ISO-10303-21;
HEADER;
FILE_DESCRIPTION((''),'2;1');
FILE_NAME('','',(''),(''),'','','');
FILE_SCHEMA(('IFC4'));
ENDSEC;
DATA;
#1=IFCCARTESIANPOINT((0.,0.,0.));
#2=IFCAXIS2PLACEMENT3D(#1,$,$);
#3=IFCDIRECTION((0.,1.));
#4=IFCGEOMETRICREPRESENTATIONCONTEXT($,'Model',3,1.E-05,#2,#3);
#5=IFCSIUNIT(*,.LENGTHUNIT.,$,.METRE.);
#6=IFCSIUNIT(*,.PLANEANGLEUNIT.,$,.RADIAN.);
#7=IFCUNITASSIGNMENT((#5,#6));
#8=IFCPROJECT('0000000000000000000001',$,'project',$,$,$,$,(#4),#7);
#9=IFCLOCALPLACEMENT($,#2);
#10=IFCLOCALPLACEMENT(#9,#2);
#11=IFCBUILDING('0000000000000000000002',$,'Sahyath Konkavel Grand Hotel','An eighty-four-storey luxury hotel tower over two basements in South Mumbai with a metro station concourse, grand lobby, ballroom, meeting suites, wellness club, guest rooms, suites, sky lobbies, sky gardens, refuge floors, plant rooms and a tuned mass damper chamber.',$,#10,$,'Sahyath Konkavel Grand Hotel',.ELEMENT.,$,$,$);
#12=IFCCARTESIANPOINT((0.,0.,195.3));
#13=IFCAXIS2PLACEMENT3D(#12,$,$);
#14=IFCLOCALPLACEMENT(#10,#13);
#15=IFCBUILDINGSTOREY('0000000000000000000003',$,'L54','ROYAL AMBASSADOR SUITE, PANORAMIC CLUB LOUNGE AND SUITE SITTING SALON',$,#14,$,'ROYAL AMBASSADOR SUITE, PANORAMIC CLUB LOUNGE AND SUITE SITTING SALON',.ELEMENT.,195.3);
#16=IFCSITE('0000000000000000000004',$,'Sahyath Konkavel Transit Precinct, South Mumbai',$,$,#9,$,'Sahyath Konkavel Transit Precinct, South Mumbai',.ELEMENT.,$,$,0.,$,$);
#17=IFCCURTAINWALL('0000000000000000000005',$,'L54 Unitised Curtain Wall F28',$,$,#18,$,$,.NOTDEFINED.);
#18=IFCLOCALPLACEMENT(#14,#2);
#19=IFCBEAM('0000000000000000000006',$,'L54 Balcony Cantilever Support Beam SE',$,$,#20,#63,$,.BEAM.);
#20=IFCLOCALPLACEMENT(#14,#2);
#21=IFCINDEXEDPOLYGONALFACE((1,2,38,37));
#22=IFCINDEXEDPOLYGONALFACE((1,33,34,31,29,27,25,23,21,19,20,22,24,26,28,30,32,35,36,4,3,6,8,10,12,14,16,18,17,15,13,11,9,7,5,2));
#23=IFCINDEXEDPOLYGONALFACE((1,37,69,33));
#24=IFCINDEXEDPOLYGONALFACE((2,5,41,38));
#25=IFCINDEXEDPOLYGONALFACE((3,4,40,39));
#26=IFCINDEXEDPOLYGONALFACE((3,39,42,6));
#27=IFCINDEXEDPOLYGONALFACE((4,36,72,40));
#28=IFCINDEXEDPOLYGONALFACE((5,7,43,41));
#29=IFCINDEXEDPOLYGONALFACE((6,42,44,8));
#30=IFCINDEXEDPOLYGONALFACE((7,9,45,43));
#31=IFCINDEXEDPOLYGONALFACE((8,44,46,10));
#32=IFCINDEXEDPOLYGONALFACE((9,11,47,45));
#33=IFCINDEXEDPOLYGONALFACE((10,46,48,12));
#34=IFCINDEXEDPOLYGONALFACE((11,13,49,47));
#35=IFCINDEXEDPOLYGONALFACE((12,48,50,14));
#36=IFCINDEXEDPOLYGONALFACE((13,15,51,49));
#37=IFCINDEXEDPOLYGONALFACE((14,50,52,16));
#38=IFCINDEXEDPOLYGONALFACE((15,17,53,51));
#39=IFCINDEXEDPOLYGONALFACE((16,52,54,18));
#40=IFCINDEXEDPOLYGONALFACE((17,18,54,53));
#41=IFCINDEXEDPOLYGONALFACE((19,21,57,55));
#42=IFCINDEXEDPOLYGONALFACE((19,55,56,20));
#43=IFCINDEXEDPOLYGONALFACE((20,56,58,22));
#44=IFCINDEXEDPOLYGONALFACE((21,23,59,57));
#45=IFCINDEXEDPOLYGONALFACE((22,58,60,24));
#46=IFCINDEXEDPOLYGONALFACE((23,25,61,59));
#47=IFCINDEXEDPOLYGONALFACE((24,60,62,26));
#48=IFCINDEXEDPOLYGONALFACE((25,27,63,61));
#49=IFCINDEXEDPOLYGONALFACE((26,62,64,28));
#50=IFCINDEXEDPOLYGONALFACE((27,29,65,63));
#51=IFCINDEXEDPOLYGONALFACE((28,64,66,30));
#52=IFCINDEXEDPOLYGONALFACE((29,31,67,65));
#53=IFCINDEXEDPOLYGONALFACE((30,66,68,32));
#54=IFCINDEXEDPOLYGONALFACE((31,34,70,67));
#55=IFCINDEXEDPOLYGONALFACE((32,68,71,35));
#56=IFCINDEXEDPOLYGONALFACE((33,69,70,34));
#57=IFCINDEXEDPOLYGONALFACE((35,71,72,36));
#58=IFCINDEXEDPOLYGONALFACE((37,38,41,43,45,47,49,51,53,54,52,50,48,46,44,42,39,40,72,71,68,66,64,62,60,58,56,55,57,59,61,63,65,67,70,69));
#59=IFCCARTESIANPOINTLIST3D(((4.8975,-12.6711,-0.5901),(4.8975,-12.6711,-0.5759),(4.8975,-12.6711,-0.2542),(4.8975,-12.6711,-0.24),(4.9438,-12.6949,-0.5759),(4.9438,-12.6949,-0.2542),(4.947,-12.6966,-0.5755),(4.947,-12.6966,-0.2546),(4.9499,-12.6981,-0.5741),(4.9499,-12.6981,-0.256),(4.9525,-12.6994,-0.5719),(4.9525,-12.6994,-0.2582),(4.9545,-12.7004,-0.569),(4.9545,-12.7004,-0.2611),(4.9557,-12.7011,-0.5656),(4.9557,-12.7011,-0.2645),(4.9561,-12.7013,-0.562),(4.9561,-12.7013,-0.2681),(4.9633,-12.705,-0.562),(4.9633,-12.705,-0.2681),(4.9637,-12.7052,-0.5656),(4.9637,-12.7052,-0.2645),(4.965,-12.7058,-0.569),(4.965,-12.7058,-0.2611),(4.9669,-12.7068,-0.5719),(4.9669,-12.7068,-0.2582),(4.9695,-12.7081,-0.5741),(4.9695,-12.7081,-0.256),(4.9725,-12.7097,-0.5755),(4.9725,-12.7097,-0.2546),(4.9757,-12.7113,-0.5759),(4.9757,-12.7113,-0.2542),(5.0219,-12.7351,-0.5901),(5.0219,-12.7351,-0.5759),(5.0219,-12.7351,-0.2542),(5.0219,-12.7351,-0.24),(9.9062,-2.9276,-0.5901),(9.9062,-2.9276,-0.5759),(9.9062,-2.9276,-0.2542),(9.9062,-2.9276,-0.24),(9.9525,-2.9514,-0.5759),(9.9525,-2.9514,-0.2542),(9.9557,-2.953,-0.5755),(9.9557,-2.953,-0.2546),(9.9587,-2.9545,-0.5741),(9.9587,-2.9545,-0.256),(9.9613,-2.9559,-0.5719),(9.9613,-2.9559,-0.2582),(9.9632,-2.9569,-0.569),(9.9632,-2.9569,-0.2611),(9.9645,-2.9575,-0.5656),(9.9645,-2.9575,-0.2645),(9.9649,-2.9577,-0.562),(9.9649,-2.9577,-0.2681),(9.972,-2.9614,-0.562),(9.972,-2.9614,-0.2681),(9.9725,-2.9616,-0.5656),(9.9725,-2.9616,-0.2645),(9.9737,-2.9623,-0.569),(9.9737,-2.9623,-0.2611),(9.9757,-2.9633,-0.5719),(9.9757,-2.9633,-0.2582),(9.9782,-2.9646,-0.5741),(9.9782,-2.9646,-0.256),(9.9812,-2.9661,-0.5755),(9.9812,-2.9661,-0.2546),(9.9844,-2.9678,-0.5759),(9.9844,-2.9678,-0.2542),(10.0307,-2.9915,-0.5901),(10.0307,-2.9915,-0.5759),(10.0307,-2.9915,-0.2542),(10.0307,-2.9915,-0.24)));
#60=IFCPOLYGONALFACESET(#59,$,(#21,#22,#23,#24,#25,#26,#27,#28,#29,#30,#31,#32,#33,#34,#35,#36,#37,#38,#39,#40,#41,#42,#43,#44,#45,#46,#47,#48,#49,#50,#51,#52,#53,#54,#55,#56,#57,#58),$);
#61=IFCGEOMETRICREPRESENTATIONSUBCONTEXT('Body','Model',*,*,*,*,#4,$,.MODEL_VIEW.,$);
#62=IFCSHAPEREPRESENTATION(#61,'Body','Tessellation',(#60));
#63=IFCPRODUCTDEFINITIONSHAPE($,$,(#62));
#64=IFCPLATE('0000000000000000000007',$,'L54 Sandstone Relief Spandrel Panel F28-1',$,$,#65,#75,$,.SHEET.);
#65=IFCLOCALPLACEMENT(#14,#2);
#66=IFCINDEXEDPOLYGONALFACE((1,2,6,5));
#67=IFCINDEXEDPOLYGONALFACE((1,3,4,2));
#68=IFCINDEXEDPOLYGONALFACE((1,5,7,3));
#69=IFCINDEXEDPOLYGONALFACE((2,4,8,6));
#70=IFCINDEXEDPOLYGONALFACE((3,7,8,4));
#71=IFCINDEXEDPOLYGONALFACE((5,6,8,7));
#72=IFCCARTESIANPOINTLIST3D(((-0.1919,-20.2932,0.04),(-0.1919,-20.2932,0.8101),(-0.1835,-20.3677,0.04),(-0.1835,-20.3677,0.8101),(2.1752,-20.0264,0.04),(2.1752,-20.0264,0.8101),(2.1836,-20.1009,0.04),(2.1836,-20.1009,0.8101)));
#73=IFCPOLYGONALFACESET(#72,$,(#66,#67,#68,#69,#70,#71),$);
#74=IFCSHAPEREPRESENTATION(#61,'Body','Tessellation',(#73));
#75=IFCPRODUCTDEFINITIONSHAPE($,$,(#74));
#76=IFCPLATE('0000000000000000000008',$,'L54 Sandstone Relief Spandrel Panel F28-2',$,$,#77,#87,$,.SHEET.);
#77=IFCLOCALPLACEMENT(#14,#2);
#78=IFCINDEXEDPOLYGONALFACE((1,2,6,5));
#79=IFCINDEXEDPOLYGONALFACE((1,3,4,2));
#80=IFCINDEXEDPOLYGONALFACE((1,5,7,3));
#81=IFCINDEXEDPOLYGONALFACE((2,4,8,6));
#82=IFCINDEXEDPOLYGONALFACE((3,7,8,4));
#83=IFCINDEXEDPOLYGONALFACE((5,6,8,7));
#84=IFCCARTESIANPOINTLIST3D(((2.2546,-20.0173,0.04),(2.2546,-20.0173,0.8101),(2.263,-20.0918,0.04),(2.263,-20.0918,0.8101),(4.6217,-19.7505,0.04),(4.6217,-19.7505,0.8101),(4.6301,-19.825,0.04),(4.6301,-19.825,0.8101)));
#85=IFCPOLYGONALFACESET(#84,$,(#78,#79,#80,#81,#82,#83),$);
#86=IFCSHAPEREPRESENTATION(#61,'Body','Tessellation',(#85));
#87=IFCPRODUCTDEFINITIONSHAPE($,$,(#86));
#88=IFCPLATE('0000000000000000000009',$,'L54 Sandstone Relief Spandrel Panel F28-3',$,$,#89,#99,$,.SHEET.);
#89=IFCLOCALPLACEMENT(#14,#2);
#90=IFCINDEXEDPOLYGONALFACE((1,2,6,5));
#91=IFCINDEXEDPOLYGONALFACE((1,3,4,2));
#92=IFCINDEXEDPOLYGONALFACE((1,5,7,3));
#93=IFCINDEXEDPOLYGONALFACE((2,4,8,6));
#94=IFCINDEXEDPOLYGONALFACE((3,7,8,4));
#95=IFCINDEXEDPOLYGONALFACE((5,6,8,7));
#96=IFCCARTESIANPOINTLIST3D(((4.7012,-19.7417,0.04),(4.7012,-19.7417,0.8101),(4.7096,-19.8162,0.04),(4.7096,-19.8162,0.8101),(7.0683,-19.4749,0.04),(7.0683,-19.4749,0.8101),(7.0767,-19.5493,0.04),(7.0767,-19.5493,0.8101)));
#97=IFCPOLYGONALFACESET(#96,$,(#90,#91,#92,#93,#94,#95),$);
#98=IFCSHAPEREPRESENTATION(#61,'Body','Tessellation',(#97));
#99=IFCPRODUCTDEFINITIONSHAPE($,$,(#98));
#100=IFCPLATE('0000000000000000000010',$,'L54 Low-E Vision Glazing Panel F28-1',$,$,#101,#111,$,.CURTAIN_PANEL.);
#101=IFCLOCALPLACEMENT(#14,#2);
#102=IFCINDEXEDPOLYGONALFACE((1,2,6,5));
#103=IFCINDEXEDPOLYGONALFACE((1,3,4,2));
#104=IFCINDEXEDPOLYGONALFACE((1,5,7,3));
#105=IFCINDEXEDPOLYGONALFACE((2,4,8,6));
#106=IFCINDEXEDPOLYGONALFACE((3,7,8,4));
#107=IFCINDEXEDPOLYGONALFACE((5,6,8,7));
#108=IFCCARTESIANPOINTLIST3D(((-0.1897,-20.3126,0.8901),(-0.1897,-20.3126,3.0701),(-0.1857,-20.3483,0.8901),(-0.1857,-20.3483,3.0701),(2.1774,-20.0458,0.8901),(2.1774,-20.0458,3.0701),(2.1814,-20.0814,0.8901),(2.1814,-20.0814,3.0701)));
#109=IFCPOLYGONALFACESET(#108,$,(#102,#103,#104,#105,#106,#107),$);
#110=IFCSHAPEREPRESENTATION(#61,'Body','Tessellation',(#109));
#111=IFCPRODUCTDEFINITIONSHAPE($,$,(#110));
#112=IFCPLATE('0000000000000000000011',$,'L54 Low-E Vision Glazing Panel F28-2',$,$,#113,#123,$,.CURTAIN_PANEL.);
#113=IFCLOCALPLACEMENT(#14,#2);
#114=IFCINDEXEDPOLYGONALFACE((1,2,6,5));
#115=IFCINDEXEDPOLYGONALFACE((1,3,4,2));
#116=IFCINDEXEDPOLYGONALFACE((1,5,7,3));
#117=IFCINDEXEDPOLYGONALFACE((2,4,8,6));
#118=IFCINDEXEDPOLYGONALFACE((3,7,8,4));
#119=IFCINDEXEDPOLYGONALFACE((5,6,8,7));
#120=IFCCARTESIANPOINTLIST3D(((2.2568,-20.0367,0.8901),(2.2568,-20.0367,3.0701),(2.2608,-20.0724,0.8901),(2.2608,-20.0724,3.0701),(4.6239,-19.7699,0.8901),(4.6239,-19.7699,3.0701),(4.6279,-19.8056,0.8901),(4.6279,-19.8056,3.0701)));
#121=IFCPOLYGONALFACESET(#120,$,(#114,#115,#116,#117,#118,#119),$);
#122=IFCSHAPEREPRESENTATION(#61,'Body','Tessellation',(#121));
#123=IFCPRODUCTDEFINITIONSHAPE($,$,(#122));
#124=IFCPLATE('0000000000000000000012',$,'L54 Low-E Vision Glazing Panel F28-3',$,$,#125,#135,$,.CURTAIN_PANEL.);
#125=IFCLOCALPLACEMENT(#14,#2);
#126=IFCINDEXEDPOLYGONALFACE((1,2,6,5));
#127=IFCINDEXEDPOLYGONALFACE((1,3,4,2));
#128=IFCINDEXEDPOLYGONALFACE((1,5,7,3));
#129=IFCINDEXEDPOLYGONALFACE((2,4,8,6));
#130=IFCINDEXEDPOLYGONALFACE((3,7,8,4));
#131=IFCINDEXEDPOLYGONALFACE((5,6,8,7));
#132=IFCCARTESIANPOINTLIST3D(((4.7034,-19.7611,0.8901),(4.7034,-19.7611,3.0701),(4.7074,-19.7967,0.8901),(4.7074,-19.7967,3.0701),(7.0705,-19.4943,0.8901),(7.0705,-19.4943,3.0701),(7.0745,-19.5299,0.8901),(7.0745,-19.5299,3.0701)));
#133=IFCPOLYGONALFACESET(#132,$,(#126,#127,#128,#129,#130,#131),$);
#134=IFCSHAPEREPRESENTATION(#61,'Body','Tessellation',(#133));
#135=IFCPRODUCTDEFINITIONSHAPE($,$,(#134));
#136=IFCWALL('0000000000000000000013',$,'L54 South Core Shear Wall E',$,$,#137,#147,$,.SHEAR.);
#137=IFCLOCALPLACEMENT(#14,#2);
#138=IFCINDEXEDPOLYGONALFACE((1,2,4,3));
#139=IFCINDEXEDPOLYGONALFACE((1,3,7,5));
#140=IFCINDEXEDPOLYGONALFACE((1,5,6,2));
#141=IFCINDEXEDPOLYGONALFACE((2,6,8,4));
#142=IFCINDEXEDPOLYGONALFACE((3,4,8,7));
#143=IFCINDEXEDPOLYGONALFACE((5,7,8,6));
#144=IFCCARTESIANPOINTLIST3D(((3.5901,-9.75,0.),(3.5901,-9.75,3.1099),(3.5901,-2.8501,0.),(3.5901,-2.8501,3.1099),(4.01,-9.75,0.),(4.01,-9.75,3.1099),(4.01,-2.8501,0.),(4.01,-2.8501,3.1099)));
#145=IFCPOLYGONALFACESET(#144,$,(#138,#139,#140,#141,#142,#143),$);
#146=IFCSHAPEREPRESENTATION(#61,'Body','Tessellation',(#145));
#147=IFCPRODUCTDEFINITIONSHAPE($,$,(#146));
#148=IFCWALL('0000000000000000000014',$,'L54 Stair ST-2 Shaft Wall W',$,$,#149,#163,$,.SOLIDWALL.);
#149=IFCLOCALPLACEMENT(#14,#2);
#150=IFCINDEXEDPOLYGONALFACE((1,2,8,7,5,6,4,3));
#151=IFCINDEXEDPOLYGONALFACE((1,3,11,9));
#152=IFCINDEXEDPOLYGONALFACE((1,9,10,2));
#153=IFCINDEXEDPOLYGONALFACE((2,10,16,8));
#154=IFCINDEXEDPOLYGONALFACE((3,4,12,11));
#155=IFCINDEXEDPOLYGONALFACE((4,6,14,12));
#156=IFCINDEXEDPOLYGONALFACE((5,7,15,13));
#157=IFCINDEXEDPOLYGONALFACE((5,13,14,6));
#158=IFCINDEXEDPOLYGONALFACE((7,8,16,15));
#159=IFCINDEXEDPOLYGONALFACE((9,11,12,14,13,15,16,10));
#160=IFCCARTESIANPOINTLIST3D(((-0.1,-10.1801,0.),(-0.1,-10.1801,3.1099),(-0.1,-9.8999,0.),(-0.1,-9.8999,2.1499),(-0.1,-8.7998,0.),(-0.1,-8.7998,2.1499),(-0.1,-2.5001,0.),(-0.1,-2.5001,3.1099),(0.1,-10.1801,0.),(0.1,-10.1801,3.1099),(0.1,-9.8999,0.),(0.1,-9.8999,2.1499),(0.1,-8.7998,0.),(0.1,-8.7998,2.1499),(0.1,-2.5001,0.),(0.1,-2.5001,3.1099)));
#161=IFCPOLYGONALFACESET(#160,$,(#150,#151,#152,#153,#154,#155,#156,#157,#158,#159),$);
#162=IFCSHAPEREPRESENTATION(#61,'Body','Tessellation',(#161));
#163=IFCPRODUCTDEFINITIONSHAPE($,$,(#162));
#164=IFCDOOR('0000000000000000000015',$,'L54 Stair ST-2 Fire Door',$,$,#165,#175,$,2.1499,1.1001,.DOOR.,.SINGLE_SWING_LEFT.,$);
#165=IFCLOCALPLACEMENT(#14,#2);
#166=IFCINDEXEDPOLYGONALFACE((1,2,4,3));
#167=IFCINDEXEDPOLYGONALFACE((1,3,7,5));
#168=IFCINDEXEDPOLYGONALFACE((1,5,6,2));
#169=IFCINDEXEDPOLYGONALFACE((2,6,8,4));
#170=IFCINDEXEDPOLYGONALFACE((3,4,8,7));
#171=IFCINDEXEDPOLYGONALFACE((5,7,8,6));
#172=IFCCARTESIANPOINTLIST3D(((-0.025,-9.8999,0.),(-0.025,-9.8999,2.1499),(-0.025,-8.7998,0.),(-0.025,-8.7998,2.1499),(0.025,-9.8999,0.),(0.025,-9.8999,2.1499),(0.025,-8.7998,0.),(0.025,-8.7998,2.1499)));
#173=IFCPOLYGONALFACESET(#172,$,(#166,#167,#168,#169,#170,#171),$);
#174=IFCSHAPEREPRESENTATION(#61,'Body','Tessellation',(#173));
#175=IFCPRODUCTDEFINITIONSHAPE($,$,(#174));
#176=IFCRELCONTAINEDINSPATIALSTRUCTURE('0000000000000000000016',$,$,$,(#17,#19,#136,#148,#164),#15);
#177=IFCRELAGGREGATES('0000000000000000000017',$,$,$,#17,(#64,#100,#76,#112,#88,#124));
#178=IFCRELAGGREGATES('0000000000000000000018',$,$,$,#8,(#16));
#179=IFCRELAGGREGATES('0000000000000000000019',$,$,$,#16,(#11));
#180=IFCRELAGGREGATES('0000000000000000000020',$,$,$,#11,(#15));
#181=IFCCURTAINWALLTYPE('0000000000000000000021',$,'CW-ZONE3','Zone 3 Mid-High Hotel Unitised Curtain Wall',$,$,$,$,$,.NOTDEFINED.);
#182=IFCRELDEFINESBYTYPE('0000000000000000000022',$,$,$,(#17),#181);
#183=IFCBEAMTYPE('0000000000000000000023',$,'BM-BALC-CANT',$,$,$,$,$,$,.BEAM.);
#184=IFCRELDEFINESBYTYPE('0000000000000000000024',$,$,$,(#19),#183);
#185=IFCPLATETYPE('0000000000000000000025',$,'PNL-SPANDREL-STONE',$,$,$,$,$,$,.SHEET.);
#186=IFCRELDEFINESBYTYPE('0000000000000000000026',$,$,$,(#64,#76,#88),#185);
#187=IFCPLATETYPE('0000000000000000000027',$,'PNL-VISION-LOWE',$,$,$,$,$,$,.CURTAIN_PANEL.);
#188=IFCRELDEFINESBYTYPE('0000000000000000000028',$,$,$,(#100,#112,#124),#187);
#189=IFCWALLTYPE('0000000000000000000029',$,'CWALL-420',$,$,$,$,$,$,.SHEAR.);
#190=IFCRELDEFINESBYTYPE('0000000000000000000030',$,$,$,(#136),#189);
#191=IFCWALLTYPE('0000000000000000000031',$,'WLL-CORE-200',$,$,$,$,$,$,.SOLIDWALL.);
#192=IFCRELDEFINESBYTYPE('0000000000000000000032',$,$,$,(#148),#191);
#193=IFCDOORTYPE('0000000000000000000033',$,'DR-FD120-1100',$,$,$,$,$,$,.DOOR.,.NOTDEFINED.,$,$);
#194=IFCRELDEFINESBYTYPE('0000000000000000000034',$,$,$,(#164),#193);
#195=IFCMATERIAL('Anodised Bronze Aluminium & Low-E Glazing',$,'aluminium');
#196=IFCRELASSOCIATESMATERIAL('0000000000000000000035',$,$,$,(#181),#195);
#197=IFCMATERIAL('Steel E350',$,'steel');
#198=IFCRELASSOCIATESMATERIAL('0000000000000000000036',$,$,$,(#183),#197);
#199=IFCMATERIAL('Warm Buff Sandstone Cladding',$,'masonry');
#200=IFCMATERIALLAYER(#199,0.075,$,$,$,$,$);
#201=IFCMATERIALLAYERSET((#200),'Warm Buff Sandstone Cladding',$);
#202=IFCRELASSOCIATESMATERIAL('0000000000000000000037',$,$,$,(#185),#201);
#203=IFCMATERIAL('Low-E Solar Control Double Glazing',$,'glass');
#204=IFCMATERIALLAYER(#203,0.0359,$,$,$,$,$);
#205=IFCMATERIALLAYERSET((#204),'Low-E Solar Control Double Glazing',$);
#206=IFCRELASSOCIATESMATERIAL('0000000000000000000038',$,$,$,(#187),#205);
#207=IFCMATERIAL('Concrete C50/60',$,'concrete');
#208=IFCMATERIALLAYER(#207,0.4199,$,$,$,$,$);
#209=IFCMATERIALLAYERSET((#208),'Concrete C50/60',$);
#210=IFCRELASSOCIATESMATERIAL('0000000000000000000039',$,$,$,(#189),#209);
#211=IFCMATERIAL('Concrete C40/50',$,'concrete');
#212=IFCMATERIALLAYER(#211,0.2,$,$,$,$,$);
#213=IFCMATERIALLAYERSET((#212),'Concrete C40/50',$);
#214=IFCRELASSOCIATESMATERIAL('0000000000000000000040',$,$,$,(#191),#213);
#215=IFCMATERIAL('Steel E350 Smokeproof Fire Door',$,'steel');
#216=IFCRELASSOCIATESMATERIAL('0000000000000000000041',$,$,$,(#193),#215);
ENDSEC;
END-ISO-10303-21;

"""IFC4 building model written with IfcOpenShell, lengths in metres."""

from ifc_helpers import new_model, si_unit, direction, frame, frame_2d, origin, origin_2d, place, context, subcontext, project, spatial, rectangle, i_section, extrude, source, transform, mapped, material, layer, layer_set, material_profile, profile_set, type_object, element, fill, aggregate, save


model = new_model("IFC4")

# Units and contexts
model_context = context("Model", 3, precision=1e-05, world=origin(), true_north=direction((0.0, 1.0)))
body_context = subcontext(model_context, "Body", "Model", "MODEL_VIEW")
ifc_project = project(units=[si_unit("LENGTHUNIT", "METRE"), si_unit("PLANEANGLEUNIT", "RADIAN")], contexts=[model_context])

# Site, building, storey
site_placement = place(None, origin())
site = spatial("IfcSite", under=ifc_project, at=site_placement, Name="Sahyath Konkavel Transit Precinct, South Mumbai", LongName="Sahyath Konkavel Transit Precinct, South Mumbai", CompositionType="ELEMENT", RefElevation=0.0)
building_placement = place(site_placement, origin())
building = spatial("IfcBuilding", under=site, at=building_placement, Name="Sahyath Konkavel Grand Hotel", Description="An eighty-four-storey luxury hotel tower over two basements in South Mumbai with a metro station concourse, grand lobby, ballroom, meeting suites, wellness club, guest rooms, suites, sky lobbies, sky gardens, refuge floors, plant rooms and a tuned mass damper chamber.", LongName="Sahyath Konkavel Grand Hotel", CompositionType="ELEMENT")
storey_placement = place(building_placement, frame((0.0, 0.0, 195.3)))
storey = spatial("IfcBuildingStorey", under=building, at=storey_placement, Name="L54", Description="ROYAL AMBASSADOR SUITE, PANORAMIC CLUB LOUNGE AND SUITE SITTING SALON", LongName="ROYAL AMBASSADOR SUITE, PANORAMIC CLUB LOUNGE AND SUITE SITTING SALON", CompositionType="ELEMENT", Elevation=195.3)

# Shared definitions
ifc_material_1 = material(Name="Concrete C50/60", Category="concrete")

# Shared definitions
ifc_material_2 = material(Name="Steel E350", Category="steel")

# Curtain wall
ifc_material_3 = material(Name="Anodised Bronze Aluminium & Low-E Glazing", Category="aluminium")
curtain_wall_type = type_object("IfcCurtainWallType", Name="CW-ZONE3", Description="Zone 3 Mid-High Hotel Unitised Curtain Wall", PredefinedType="NOTDEFINED", material=ifc_material_3)
curtain_wall_placement = place(storey_placement, origin())
curtain_wall = element("IfcCurtainWall", 1, at=curtain_wall_placement, inside=storey, type_object=curtain_wall_type, Name="L54 Unitised Curtain Wall F28", PredefinedType="NOTDEFINED")

# Beam
ifc_material_profile_1 = material_profile(ifc_material_2, i_section(OverallWidth=0.1399, OverallDepth=0.3501, WebThickness=0.0081, FlangeThickness=0.0142, FilletRadius=0.0139, at=origin_2d()), Name="ISMB 350")
ifc_profile_set_1 = profile_set([ifc_material_profile_1], Name="Steel E350")
beam_type_1 = type_object("IfcBeamType", Name="BM-BALC-CANT", PredefinedType="BEAM", material=ifc_profile_set_1)
shared_shape_1 = source(origin(), body_context, "Body", "SweptSolid", [
    extrude(i_section(OverallWidth=0.1399, OverallDepth=0.3501, WebThickness=0.0081, FlangeThickness=0.0142, FilletRadius=0.0139, at=origin_2d()), origin(), (0.0, 0.0, 1.0), 10.9556),
])
beam_1_placement = place(storey_placement, frame((4.9597, -12.7031, -0.415), z_axis=(0.457187, 0.889371, 0.0), x_axis=(-0.889371, 0.457187, 0.0)))
element("IfcBeam", 2, at=beam_1_placement, inside=storey, type_object=beam_type_1, Name="L54 Balcony Cantilever Support Beam SE", PredefinedType="BEAM", context=body_context, shape_type="MappedRepresentation", body=[
    mapped(shared_shape_1, transform((0.0, 0.0, 0.0), scale=1.0)),
])

# Plates
ifc_material_4 = material(Name="Warm Buff Sandstone Cladding", Category="masonry")
ifc_layer_1 = layer(ifc_material_4, 0.075)
ifc_layer_set_1 = layer_set([ifc_layer_1], Name="Warm Buff Sandstone Cladding")
plate_type_1 = type_object("IfcPlateType", Name="PNL-SPANDREL-STONE", PredefinedType="SHEET", material=ifc_layer_set_1)
shared_shape_2 = source(origin(), body_context, "Body", "SweptSolid", [
    extrude(rectangle(XDim=2.3821, YDim=0.075, at=origin_2d()), origin(), (0.0, 0.0, 1.0), 0.77),
])
plate_1_placement = place(storey_placement, frame((0.9958, -20.197, 0.04), z_axis=(0.0, 0.0, 1.0), x_axis=(0.993707, 0.112007, 0.0)))
plate_1 = element("IfcPlate", 3, at=plate_1_placement, type_object=plate_type_1, Name="L54 Sandstone Relief Spandrel Panel F28-1", PredefinedType="SHEET", context=body_context, shape_type="MappedRepresentation", body=[
    mapped(shared_shape_2, transform((0.0, 0.0, 0.0), scale=1.0)),
])
plate_2_placement = place(storey_placement, frame((3.4424, -19.9211, 0.04), z_axis=(0.0, 0.0, 1.0), x_axis=(0.993707, 0.112007, 0.0)))
plate_2 = element("IfcPlate", 4, at=plate_2_placement, type_object=plate_type_1, Name="L54 Sandstone Relief Spandrel Panel F28-2", PredefinedType="SHEET", context=body_context, shape_type="MappedRepresentation", body=[
    mapped(shared_shape_2, transform((0.0, 0.0, 0.0), scale=1.0)),
])
plate_3_placement = place(storey_placement, frame((5.8889, -19.6455, 0.04), z_axis=(0.0, 0.0, 1.0), x_axis=(0.993707, 0.112007, 0.0)))
plate_3 = element("IfcPlate", 5, at=plate_3_placement, type_object=plate_type_1, Name="L54 Sandstone Relief Spandrel Panel F28-3", PredefinedType="SHEET", context=body_context, shape_type="MappedRepresentation", body=[
    mapped(shared_shape_2, transform((0.0, 0.0, 0.0), scale=1.0)),
])
ifc_material_5 = material(Name="Low-E Solar Control Double Glazing", Category="glass")
ifc_layer_2 = layer(ifc_material_5, 0.0359)
ifc_layer_set_2 = layer_set([ifc_layer_2], Name="Low-E Solar Control Double Glazing")
plate_type_2 = type_object("IfcPlateType", Name="PNL-VISION-LOWE", PredefinedType="CURTAIN_PANEL", material=ifc_layer_set_2)
shared_shape_3 = source(origin(), body_context, "Body", "SweptSolid", [
    extrude(rectangle(XDim=2.3821, YDim=0.0359, at=origin_2d()), origin(), (0.0, 0.0, 1.0), 2.1799),
])
plate_4_placement = place(storey_placement, frame((0.9958, -20.197, 0.8901), z_axis=(0.0, 0.0, 1.0), x_axis=(0.993707, 0.112007, 0.0)))
plate_4 = element("IfcPlate", 6, at=plate_4_placement, type_object=plate_type_2, Name="L54 Low-E Vision Glazing Panel F28-1", PredefinedType="CURTAIN_PANEL", context=body_context, shape_type="MappedRepresentation", body=[
    mapped(shared_shape_3, transform((0.0, 0.0, 0.0), scale=1.0)),
])
plate_5_placement = place(storey_placement, frame((3.4424, -19.9211, 0.8901), z_axis=(0.0, 0.0, 1.0), x_axis=(0.993707, 0.112007, 0.0)))
plate_5 = element("IfcPlate", 7, at=plate_5_placement, type_object=plate_type_2, Name="L54 Low-E Vision Glazing Panel F28-2", PredefinedType="CURTAIN_PANEL", context=body_context, shape_type="MappedRepresentation", body=[
    mapped(shared_shape_3, transform((0.0, 0.0, 0.0), scale=1.0)),
])
plate_6_placement = place(storey_placement, frame((5.8889, -19.6455, 0.8901), z_axis=(0.0, 0.0, 1.0), x_axis=(0.993707, 0.112007, 0.0)))
plate_6 = element("IfcPlate", 8, at=plate_6_placement, type_object=plate_type_2, Name="L54 Low-E Vision Glazing Panel F28-3", PredefinedType="CURTAIN_PANEL", context=body_context, shape_type="MappedRepresentation", body=[
    mapped(shared_shape_3, transform((0.0, 0.0, 0.0), scale=1.0)),
])
aggregate(curtain_wall, [plate_1, plate_4, plate_2, plate_5, plate_3, plate_6])

# Wall
ifc_layer_3 = layer(ifc_material_1, 0.4199)
ifc_layer_set_3 = layer_set([ifc_layer_3], Name="Concrete C50/60")
wall_type_1 = type_object("IfcWallType", Name="CWALL-420", PredefinedType="SHEAR", material=ifc_layer_set_3)
wall_1_placement = place(storey_placement, frame((3.8, -9.75, 0.0), z_axis=(0.0, 0.0, 1.0), x_axis=(0.0, 1.0, 0.0)))
element("IfcWall", 9, at=wall_1_placement, inside=storey, type_object=wall_type_1, Name="L54 South Core Shear Wall E", PredefinedType="SHEAR", context=body_context, shape_type="SweptSolid", body=[
    extrude(rectangle(XDim=6.8999, YDim=0.4199, at=frame_2d((3.45, 0.0))), origin(), (0.0, 0.0, 1.0), 3.1099),
])

# Wall, opening, door
ifc_material_6 = material(Name="Concrete C40/50", Category="concrete")
ifc_layer_4 = layer(ifc_material_6, 0.2)
ifc_layer_set_4 = layer_set([ifc_layer_4], Name="Concrete C40/50")
wall_type_2 = type_object("IfcWallType", Name="WLL-CORE-200", PredefinedType="SOLIDWALL", material=ifc_layer_set_4)
wall_2_placement = place(storey_placement, frame((0.0, -10.1799, 0.0), z_axis=(0.0, 0.0, 1.0), x_axis=(0.0, 1.0, 0.0)))
wall_2 = element("IfcWall", 10, at=wall_2_placement, inside=storey, type_object=wall_type_2, Name="L54 Stair ST-2 Shaft Wall W", PredefinedType="SOLIDWALL", context=body_context, shape_type="SweptSolid", body=[
    extrude(rectangle(XDim=7.6799, YDim=0.2, at=frame_2d((3.8398, 0.0))), origin(), (0.0, 0.0, 1.0), 3.1099),
])
opening_1_placement = place(wall_2_placement, frame((0.28, 0.0, 0.0)))
opening_1 = element("IfcOpeningElement", 11, at=opening_1_placement, cuts=wall_2, PredefinedType="OPENING", context=body_context, shape_type="SweptSolid", body=[
    extrude(rectangle(XDim=1.1001, YDim=2.1499, at=frame_2d((0.55, 1.075))), frame((0.0, 0.1099, 0.0), z_axis=(0.0, -1.0, 0.0), x_axis=(1.0, 0.0, 0.0)), (0.0, 0.0, 1.0), 0.22),
])
ifc_material_7 = material(Name="Steel E350 Smokeproof Fire Door", Category="steel")
door_type_1 = type_object("IfcDoorType", Name="DR-FD120-1100", OperationType="NOTDEFINED", PredefinedType="DOOR", material=ifc_material_7)
shared_shape_4 = source(origin(), body_context, "Body", "SweptSolid", [
    extrude(rectangle(XDim=1.1001, YDim=0.05, at=origin_2d()), origin(), (0.0, 0.0, 1.0), 2.1499),
])
door_1_placement = place(opening_1_placement, frame((0.55, 0.0, 0.0)))
door_1 = element("IfcDoor", 12, at=door_1_placement, inside=storey, type_object=door_type_1, Name="L54 Stair ST-2 Fire Door", OperationType="SINGLE_SWING_LEFT", OverallHeight=2.1499, OverallWidth=1.1001, PredefinedType="DOOR", context=body_context, shape_type="MappedRepresentation", body=[
    mapped(shared_shape_4, transform((0.0, 0.0, 0.0), scale=1.0)),
])
fill(opening_1, door_1)

save(model, "model.ifc")
